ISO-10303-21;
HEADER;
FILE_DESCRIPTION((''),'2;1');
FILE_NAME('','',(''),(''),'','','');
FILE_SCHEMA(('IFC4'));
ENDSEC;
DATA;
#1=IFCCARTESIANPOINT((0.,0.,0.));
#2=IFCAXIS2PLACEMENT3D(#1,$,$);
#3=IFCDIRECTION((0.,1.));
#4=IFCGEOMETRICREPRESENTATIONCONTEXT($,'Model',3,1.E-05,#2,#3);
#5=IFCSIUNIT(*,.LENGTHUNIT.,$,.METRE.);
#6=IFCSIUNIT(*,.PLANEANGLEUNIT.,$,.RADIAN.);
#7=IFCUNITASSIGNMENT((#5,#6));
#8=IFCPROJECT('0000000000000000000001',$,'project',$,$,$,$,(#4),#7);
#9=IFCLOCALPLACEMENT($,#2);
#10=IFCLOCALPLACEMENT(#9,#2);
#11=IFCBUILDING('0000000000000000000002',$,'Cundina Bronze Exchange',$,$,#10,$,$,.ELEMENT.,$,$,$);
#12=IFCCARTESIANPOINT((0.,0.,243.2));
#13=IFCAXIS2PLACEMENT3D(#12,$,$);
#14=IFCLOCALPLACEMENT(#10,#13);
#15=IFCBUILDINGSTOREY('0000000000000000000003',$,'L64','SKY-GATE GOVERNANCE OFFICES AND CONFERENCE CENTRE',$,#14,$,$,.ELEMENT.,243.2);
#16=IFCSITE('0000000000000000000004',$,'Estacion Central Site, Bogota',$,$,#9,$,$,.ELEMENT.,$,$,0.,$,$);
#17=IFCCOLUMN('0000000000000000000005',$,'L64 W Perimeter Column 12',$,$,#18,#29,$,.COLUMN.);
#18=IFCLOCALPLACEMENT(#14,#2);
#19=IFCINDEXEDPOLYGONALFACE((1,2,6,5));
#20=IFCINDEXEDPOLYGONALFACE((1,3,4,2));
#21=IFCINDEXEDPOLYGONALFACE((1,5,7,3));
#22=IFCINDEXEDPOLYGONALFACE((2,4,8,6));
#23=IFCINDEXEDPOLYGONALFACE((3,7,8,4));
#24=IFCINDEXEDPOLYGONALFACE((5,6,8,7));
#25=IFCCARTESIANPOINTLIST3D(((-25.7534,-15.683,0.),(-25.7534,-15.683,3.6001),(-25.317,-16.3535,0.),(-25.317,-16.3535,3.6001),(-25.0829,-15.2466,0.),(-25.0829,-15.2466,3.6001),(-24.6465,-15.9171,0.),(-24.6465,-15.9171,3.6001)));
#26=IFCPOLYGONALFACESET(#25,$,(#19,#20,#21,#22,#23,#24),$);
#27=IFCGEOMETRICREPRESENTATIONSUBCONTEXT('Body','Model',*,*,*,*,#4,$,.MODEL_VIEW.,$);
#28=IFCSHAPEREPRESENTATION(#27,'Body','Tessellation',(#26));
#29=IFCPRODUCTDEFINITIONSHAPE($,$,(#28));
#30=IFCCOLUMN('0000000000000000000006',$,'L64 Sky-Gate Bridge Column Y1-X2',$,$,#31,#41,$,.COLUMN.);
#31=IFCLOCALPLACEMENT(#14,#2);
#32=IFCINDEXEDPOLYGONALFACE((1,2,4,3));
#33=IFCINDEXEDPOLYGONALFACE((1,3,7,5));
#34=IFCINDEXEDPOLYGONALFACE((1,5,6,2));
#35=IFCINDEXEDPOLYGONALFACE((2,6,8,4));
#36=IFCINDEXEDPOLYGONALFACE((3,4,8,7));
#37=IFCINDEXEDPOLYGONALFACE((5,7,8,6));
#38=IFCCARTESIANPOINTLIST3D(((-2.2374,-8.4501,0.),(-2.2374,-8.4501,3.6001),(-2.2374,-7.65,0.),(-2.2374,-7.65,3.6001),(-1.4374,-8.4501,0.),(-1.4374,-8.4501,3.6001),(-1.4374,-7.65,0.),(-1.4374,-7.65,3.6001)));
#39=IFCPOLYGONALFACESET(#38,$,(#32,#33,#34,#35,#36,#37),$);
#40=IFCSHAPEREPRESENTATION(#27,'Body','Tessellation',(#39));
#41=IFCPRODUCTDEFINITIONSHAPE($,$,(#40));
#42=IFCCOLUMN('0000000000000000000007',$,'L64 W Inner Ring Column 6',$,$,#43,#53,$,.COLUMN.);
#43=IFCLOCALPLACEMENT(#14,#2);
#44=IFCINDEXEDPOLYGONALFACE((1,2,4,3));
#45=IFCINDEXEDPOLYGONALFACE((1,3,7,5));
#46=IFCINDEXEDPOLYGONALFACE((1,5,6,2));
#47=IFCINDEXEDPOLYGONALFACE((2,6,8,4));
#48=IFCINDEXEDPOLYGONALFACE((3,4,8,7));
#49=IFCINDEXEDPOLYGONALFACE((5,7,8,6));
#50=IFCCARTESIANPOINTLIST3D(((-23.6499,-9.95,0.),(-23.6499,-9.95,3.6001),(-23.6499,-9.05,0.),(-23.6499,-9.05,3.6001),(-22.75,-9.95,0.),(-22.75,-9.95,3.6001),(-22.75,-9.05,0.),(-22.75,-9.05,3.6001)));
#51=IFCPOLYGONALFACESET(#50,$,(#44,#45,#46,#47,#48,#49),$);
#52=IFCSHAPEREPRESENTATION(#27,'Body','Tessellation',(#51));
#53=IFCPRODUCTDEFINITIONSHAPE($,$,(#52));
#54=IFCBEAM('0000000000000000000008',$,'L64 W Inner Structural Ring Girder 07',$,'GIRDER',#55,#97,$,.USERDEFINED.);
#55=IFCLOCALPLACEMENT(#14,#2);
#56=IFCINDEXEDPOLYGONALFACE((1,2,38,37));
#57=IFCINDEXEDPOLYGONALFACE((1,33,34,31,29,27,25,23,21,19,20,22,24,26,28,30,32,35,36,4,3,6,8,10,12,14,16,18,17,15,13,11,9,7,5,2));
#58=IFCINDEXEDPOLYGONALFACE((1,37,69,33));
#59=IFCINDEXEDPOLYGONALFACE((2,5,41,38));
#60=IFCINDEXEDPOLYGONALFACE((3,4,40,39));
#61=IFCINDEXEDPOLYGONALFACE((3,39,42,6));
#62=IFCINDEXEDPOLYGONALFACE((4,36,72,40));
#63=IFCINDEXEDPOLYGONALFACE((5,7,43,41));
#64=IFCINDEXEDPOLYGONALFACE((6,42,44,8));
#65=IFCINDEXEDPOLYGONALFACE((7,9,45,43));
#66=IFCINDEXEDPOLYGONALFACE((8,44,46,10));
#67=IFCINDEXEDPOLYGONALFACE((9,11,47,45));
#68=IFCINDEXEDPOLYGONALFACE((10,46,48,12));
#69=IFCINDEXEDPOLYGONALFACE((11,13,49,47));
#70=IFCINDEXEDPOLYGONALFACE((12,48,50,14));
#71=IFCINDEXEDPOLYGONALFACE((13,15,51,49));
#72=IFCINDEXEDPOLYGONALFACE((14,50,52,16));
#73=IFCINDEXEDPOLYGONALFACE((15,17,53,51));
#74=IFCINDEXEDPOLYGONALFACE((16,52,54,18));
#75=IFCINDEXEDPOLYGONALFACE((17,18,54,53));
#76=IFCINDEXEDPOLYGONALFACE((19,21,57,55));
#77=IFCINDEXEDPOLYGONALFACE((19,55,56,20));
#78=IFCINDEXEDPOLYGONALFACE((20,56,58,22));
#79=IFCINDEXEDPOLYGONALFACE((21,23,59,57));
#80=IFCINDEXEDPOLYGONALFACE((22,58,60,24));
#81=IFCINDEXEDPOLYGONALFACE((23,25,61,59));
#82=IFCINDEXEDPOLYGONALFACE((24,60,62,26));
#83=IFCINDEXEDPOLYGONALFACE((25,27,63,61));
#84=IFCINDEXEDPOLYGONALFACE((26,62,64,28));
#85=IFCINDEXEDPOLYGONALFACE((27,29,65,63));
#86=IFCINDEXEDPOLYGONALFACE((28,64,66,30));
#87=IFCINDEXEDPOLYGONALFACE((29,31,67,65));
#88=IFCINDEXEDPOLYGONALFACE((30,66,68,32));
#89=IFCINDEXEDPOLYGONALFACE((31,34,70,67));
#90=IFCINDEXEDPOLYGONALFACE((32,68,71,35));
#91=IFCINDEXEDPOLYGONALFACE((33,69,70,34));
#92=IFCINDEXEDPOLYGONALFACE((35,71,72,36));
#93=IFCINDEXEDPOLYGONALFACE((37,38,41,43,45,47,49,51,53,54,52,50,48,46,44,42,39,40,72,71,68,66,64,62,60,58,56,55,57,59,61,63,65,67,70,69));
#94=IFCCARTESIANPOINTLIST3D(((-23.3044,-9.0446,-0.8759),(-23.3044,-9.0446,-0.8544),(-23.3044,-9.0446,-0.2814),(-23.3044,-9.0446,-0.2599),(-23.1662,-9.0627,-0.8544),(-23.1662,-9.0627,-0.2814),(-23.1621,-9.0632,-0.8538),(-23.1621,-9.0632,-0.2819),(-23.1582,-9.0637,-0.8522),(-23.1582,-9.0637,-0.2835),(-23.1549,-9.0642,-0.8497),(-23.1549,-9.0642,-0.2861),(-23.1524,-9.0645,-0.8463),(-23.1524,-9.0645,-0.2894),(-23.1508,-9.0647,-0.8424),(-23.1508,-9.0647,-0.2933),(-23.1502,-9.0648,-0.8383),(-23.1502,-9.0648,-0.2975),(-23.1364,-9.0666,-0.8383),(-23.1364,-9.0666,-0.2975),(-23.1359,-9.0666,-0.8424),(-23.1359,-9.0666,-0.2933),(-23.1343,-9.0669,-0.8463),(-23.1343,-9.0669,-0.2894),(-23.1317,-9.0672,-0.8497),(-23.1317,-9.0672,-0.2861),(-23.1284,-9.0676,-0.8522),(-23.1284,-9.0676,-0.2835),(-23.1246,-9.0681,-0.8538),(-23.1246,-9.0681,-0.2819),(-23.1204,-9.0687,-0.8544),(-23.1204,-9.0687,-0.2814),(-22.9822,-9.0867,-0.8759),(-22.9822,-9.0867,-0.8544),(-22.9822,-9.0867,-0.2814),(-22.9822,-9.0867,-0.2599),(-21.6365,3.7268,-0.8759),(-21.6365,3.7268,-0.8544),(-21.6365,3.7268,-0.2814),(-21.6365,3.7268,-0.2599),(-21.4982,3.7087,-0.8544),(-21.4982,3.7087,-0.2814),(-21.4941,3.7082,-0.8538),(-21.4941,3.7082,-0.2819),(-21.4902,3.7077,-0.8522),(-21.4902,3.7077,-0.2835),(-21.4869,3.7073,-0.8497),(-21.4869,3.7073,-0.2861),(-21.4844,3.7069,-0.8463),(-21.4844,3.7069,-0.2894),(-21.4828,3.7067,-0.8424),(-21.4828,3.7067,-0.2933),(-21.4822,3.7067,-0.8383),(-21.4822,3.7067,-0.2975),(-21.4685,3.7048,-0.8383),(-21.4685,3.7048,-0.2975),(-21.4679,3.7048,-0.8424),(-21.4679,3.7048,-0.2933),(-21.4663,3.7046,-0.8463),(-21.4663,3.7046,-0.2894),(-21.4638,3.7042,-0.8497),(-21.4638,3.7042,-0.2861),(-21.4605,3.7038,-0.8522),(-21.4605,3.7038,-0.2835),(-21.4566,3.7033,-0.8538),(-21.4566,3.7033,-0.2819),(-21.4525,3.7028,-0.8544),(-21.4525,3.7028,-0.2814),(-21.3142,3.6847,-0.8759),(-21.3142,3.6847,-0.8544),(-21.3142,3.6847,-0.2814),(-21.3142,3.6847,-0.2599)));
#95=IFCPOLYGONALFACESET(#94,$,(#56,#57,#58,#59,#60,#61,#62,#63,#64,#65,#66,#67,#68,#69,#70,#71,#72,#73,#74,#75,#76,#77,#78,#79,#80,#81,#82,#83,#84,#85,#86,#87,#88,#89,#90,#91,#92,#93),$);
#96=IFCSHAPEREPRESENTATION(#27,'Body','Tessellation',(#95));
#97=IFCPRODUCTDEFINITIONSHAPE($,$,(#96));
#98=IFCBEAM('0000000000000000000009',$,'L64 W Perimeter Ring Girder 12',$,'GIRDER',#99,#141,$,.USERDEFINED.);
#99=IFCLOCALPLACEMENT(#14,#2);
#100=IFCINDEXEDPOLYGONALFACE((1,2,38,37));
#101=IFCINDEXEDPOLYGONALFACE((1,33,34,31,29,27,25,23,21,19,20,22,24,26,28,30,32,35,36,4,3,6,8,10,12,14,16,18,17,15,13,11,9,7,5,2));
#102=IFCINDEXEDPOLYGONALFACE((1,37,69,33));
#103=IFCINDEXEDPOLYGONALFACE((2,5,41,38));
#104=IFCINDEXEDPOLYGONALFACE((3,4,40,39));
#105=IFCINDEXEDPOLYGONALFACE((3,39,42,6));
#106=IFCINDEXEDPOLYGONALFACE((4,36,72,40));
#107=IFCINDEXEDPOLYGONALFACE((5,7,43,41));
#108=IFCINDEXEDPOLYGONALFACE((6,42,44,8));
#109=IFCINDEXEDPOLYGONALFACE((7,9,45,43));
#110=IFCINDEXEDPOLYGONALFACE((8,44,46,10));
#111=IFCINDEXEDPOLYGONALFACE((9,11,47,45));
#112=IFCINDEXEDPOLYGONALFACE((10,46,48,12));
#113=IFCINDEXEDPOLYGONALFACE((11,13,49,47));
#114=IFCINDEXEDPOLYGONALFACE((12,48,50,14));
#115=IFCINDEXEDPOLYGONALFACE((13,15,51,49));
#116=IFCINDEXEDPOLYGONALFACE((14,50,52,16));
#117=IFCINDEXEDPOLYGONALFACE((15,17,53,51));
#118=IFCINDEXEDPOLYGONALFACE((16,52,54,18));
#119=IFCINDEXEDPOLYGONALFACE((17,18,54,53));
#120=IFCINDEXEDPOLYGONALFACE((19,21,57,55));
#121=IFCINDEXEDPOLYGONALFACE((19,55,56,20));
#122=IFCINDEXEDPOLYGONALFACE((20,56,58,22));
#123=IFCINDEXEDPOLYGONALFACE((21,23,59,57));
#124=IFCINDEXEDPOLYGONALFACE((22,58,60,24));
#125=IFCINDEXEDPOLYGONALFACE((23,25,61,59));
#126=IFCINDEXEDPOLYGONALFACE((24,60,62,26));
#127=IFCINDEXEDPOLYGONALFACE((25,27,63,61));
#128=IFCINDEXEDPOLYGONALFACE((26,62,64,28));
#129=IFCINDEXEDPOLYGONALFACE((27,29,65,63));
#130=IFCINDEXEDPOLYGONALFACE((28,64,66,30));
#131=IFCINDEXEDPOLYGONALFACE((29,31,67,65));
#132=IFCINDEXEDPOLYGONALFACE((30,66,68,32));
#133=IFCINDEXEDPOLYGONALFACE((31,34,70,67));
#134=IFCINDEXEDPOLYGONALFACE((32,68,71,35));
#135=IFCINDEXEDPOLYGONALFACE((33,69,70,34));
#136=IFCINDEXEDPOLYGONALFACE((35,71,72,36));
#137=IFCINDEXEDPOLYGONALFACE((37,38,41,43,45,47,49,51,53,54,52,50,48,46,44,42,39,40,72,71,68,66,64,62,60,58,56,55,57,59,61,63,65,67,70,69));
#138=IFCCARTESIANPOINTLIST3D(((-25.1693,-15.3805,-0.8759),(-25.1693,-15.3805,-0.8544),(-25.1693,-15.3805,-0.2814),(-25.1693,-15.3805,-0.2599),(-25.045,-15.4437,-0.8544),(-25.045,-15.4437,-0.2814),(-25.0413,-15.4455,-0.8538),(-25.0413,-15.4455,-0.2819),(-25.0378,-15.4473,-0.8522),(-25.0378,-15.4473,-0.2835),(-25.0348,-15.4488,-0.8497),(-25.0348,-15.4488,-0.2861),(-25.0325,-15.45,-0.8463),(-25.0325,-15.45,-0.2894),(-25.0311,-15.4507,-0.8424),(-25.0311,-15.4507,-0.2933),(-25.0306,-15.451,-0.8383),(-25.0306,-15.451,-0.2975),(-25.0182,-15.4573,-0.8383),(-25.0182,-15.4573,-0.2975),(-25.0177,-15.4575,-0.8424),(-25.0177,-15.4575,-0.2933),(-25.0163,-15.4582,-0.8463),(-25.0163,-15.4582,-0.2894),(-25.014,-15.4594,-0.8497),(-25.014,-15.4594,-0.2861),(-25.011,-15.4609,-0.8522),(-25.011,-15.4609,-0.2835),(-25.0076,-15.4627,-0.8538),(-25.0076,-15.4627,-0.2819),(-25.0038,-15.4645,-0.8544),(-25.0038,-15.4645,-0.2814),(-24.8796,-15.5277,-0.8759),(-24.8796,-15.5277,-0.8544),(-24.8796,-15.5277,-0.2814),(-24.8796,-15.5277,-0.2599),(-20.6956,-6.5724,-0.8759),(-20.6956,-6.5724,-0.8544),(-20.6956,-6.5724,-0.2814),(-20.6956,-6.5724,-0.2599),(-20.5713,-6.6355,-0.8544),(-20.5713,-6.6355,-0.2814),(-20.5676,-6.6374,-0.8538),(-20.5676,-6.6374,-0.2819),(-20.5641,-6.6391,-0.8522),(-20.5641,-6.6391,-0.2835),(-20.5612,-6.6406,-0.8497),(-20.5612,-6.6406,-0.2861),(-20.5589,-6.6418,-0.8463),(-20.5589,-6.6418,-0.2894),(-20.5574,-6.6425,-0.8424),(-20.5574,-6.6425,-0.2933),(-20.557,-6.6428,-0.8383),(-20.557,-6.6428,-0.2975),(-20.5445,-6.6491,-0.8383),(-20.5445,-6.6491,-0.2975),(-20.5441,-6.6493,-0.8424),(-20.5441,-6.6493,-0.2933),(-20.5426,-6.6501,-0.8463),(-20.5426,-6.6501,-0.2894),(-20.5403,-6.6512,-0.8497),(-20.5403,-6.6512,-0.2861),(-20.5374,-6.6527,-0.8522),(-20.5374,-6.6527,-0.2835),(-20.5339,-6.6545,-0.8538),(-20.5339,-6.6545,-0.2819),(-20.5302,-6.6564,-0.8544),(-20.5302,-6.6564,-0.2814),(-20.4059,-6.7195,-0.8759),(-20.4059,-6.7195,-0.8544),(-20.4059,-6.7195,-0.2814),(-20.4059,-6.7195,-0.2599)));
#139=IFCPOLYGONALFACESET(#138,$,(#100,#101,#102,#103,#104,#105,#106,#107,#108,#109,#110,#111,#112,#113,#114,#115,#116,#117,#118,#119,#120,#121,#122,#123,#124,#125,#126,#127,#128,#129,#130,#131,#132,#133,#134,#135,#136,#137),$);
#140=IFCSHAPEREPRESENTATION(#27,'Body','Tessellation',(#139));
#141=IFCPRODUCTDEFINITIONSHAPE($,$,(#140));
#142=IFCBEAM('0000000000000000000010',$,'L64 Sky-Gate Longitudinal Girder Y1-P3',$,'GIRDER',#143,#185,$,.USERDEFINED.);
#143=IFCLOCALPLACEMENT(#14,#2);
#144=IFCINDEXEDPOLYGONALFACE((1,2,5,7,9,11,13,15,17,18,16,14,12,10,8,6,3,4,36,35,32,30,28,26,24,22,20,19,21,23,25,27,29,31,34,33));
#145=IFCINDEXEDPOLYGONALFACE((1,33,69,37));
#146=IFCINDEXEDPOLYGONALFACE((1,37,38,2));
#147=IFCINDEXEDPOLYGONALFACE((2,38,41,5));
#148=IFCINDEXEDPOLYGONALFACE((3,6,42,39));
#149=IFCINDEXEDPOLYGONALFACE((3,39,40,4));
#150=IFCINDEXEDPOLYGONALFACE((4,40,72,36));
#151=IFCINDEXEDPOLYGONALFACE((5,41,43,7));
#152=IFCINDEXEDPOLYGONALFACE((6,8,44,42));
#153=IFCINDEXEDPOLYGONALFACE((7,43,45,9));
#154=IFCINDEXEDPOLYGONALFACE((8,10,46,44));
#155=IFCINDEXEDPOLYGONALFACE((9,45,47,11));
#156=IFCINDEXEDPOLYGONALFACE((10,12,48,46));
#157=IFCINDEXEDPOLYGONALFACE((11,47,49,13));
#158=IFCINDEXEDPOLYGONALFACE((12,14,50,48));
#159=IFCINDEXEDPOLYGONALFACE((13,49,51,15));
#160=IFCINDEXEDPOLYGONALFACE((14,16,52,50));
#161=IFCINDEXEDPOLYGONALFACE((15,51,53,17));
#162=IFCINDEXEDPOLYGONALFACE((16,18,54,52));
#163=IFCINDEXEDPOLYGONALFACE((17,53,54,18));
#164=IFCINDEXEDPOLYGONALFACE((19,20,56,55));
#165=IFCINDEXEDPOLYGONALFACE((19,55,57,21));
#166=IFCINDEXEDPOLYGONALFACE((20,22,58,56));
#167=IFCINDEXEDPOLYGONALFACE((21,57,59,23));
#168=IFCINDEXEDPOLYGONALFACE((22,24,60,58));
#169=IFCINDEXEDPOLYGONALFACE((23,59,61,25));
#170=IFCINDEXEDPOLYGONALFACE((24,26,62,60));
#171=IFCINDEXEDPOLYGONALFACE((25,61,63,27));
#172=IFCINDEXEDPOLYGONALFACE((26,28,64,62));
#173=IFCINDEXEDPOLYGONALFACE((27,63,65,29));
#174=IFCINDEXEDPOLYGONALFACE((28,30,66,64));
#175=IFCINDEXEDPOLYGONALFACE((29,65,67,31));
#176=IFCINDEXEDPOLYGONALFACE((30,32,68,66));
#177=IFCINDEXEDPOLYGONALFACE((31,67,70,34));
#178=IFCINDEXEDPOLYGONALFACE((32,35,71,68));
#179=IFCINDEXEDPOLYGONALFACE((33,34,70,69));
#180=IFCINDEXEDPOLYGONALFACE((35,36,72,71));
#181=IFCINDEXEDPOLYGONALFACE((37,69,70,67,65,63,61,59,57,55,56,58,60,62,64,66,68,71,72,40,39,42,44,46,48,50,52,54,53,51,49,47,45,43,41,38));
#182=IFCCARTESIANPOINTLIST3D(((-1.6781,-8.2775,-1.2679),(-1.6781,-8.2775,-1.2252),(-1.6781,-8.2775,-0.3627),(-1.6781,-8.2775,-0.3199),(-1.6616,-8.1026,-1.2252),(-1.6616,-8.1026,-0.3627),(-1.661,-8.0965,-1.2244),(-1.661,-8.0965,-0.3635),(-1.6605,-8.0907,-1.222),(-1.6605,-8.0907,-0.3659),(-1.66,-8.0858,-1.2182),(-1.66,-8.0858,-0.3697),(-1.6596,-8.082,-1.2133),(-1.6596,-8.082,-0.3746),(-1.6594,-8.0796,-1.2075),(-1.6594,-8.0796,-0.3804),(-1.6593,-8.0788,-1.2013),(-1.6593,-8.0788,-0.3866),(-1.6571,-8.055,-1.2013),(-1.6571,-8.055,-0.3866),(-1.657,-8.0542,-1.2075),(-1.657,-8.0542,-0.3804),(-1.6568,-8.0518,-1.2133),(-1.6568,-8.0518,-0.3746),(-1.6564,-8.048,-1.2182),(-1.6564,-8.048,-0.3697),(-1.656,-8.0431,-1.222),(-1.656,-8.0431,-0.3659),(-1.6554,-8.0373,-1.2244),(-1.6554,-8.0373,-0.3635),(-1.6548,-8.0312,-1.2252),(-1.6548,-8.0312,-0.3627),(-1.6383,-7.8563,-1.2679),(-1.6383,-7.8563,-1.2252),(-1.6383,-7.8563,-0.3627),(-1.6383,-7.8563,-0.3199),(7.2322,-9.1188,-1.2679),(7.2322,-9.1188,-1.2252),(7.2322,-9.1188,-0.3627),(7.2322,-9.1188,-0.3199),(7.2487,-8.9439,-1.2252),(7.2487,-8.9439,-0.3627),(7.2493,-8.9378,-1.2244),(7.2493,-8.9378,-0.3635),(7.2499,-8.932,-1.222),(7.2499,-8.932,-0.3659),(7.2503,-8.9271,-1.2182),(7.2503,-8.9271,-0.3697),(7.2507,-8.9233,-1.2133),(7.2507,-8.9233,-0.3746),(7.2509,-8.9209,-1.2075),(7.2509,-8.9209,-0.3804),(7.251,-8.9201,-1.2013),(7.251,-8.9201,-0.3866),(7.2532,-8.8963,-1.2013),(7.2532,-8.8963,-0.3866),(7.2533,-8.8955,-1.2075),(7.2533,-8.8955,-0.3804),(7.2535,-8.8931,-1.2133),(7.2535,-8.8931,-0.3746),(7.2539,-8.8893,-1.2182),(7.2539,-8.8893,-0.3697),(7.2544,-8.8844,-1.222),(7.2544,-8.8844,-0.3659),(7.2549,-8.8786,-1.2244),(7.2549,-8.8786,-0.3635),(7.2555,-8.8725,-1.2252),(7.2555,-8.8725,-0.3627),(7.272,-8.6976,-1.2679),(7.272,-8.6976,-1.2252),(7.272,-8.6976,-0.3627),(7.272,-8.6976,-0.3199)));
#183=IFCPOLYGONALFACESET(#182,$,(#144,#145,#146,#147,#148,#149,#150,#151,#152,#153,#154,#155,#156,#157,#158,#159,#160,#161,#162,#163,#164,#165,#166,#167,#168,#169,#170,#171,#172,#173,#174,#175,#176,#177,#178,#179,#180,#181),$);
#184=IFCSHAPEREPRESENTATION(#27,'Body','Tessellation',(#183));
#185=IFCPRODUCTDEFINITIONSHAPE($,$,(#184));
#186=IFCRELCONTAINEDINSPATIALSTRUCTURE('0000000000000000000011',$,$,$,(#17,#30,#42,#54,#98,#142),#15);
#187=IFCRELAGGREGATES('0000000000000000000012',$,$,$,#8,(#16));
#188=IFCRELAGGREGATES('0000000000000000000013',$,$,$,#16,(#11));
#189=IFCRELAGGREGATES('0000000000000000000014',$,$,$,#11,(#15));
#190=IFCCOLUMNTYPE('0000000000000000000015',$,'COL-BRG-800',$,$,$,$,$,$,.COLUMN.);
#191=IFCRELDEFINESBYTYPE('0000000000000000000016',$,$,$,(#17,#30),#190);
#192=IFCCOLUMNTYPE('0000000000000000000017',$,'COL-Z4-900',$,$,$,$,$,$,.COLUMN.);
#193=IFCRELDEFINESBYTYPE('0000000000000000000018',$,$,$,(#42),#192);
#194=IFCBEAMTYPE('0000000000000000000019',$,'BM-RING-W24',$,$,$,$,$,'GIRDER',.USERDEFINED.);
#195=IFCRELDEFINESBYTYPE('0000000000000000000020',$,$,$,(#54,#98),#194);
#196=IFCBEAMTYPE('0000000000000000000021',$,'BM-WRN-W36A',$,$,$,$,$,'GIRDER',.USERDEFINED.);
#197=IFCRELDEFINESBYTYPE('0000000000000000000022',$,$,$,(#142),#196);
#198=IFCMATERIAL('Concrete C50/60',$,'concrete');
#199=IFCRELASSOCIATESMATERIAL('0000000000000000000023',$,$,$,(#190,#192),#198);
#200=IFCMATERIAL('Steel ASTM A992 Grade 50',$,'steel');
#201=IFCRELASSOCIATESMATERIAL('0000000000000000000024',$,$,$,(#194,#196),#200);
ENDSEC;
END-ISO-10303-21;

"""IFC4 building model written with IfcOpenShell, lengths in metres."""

from ifc_helpers import new_model, si_unit, direction, frame, origin, origin_2d, place, context, subcontext, project, spatial, rectangle, i_section, extrude, material, material_profile, profile_set, type_object, element, save


model = new_model("IFC4")

# Units and contexts
model_context = context("Model", 3, precision=1e-05, world=origin(), true_north=direction((0.0, 1.0)))
body_context = subcontext(model_context, "Body", "Model", "MODEL_VIEW")
ifc_project = project(units=[si_unit("LENGTHUNIT", "METRE"), si_unit("PLANEANGLEUNIT", "RADIAN")], contexts=[model_context])

# Site, building, storey
site_placement = place(None, origin())
site = spatial("IfcSite", under=ifc_project, at=site_placement, Name="Estacion Central Site, Bogota", CompositionType="ELEMENT", RefElevation=0.0)
building_placement = place(site_placement, origin())
building = spatial("IfcBuilding", under=site, at=building_placement, Name="Cundina Bronze Exchange", CompositionType="ELEMENT")
storey_placement = place(building_placement, frame((0.0, 0.0, 243.2)))
storey = spatial("IfcBuildingStorey", under=building, at=storey_placement, Name="L64", Description="SKY-GATE GOVERNANCE OFFICES AND CONFERENCE CENTRE", CompositionType="ELEMENT", Elevation=243.2)

# Columns
ifc_material_1 = material(Name="Concrete C50/60", Category="concrete")
ifc_material_profile_1 = material_profile(ifc_material_1, rectangle(XDim=0.8, YDim=0.8, at=origin_2d()), Name="RC800X800", Category="concrete")
ifc_profile_set_1 = profile_set([ifc_material_profile_1], Name="Concrete C50/60")
column_type_1 = type_object("IfcColumnType", Name="COL-BRG-800", PredefinedType="COLUMN", material=ifc_profile_set_1)
for number, where, z_axis, x_axis, name in (
    (1, (-25.2, -15.8, 0.0), (0.0, 0.0, 1.0), (0.8381, 0.545517, 0.0), "L64 W Perimeter Column 12"),
    (2, (-1.8374, -8.05, 0.0), (0.0, 0.0, 1.0), (1.0, 0.0, 0.0), "L64 Sky-Gate Bridge Column Y1-X2"),
):
    element("IfcColumn", number, at=place(storey_placement, frame(where, z_axis=z_axis, x_axis=x_axis)), inside=storey, type_object=column_type_1, Name=name, PredefinedType="COLUMN", context=body_context, shape_type="SweptSolid", body=[
        extrude(rectangle(XDim=0.8, YDim=0.8, at=origin_2d()), origin(), (0.0, 0.0, 1.0), 3.6001),
    ])
ifc_material_profile_2 = material_profile(ifc_material_1, rectangle(XDim=0.8999, YDim=0.8999, at=origin_2d()), Name="RC900X900", Category="concrete")
ifc_profile_set_2 = profile_set([ifc_material_profile_2], Name="Concrete C50/60")
column_type_2 = type_object("IfcColumnType", Name="COL-Z4-900", PredefinedType="COLUMN", material=ifc_profile_set_2)
column_placement = place(storey_placement, frame((-23.2, -9.5, 0.0), z_axis=(0.0, 0.0, 1.0), x_axis=(1.0, 0.0, 0.0)))
element("IfcColumn", 3, at=column_placement, inside=storey, type_object=column_type_2, Name="L64 W Inner Ring Column 6", PredefinedType="COLUMN", context=body_context, shape_type="SweptSolid", body=[
    extrude(rectangle(XDim=0.8999, YDim=0.8999, at=origin_2d()), origin(), (0.0, 0.0, 1.0), 3.6001),
])

# Beams
ifc_material_2 = material(Name="Steel ASTM A992 Grade 50", Category="steel")
ifc_material_profile_3 = material_profile(ifc_material_2, i_section(OverallWidth=0.325, OverallDepth=0.616, WebThickness=0.0139, FlangeThickness=0.0215, FilletRadius=0.0161, at=origin_2d()), Name="W24X117", Category="steel")
ifc_profile_set_3 = profile_set([ifc_material_profile_3], Name="Steel ASTM A992 Grade 50")
beam_type_1 = type_object("IfcBeamType", Name="BM-RING-W24", ElementType="GIRDER", PredefinedType="USERDEFINED", material=ifc_profile_set_3)
beam_1_placement = place(storey_placement, frame((-23.1433, -9.0657, -0.5679), z_axis=(0.129501, 0.991579, 0.0), x_axis=(-0.991579, 0.129501, 0.0)))
element("IfcBeam", 4, at=beam_1_placement, inside=storey, type_object=beam_type_1, Name="L64 W Inner Structural Ring Girder 07", ObjectType="GIRDER", PredefinedType="USERDEFINED", context=body_context, shape_type="SweptSolid", body=[
    extrude(i_section(OverallWidth=0.325, OverallDepth=0.616, WebThickness=0.0139, FlangeThickness=0.0215, FilletRadius=0.0161, at=origin_2d()), origin(), (0.0, 0.0, 1.0), 12.8799),
])
beam_2_placement = place(storey_placement, frame((-25.0244, -15.4541, -0.5679), z_axis=(0.452839, 0.891592, 0.0), x_axis=(-0.891592, 0.452839, 0.0)))
element("IfcBeam", 5, at=beam_2_placement, inside=storey, type_object=beam_type_1, Name="L64 W Perimeter Ring Girder 12", ObjectType="GIRDER", PredefinedType="USERDEFINED", context=body_context, shape_type="SweptSolid", body=[
    extrude(i_section(OverallWidth=0.325, OverallDepth=0.616, WebThickness=0.0139, FlangeThickness=0.0215, FilletRadius=0.0161, at=origin_2d()), origin(), (0.0, 0.0, 1.0), 9.8792),
])
ifc_material_profile_4 = material_profile(ifc_material_2, i_section(OverallWidth=0.4231, OverallDepth=0.948, WebThickness=0.0239, FlangeThickness=0.0427, FilletRadius=0.0239, at=origin_2d()), Name="W36X302", Category="steel")
ifc_profile_set_4 = profile_set([ifc_material_profile_4], Name="Steel ASTM A992 Grade 50")
beam_type_2 = type_object("IfcBeamType", Name="BM-WRN-W36A", ElementType="GIRDER", PredefinedType="USERDEFINED", material=ifc_profile_set_4)
beam_3_placement = place(storey_placement, frame((-1.6582, -8.0669, -0.7939), z_axis=(0.995572, -0.094001, 0.0), x_axis=(0.094001, 0.995572, 0.0)))
element("IfcBeam", 6, at=beam_3_placement, inside=storey, type_object=beam_type_2, Name="L64 Sky-Gate Longitudinal Girder Y1-P3", ObjectType="GIRDER", PredefinedType="USERDEFINED", context=body_context, shape_type="SweptSolid", body=[
    extrude(i_section(OverallWidth=0.4231, OverallDepth=0.948, WebThickness=0.0239, FlangeThickness=0.0427, FilletRadius=0.0239, at=origin_2d()), origin(), (0.0, 0.0, 1.0), 8.95),
])

save(model, "model.ifc")
